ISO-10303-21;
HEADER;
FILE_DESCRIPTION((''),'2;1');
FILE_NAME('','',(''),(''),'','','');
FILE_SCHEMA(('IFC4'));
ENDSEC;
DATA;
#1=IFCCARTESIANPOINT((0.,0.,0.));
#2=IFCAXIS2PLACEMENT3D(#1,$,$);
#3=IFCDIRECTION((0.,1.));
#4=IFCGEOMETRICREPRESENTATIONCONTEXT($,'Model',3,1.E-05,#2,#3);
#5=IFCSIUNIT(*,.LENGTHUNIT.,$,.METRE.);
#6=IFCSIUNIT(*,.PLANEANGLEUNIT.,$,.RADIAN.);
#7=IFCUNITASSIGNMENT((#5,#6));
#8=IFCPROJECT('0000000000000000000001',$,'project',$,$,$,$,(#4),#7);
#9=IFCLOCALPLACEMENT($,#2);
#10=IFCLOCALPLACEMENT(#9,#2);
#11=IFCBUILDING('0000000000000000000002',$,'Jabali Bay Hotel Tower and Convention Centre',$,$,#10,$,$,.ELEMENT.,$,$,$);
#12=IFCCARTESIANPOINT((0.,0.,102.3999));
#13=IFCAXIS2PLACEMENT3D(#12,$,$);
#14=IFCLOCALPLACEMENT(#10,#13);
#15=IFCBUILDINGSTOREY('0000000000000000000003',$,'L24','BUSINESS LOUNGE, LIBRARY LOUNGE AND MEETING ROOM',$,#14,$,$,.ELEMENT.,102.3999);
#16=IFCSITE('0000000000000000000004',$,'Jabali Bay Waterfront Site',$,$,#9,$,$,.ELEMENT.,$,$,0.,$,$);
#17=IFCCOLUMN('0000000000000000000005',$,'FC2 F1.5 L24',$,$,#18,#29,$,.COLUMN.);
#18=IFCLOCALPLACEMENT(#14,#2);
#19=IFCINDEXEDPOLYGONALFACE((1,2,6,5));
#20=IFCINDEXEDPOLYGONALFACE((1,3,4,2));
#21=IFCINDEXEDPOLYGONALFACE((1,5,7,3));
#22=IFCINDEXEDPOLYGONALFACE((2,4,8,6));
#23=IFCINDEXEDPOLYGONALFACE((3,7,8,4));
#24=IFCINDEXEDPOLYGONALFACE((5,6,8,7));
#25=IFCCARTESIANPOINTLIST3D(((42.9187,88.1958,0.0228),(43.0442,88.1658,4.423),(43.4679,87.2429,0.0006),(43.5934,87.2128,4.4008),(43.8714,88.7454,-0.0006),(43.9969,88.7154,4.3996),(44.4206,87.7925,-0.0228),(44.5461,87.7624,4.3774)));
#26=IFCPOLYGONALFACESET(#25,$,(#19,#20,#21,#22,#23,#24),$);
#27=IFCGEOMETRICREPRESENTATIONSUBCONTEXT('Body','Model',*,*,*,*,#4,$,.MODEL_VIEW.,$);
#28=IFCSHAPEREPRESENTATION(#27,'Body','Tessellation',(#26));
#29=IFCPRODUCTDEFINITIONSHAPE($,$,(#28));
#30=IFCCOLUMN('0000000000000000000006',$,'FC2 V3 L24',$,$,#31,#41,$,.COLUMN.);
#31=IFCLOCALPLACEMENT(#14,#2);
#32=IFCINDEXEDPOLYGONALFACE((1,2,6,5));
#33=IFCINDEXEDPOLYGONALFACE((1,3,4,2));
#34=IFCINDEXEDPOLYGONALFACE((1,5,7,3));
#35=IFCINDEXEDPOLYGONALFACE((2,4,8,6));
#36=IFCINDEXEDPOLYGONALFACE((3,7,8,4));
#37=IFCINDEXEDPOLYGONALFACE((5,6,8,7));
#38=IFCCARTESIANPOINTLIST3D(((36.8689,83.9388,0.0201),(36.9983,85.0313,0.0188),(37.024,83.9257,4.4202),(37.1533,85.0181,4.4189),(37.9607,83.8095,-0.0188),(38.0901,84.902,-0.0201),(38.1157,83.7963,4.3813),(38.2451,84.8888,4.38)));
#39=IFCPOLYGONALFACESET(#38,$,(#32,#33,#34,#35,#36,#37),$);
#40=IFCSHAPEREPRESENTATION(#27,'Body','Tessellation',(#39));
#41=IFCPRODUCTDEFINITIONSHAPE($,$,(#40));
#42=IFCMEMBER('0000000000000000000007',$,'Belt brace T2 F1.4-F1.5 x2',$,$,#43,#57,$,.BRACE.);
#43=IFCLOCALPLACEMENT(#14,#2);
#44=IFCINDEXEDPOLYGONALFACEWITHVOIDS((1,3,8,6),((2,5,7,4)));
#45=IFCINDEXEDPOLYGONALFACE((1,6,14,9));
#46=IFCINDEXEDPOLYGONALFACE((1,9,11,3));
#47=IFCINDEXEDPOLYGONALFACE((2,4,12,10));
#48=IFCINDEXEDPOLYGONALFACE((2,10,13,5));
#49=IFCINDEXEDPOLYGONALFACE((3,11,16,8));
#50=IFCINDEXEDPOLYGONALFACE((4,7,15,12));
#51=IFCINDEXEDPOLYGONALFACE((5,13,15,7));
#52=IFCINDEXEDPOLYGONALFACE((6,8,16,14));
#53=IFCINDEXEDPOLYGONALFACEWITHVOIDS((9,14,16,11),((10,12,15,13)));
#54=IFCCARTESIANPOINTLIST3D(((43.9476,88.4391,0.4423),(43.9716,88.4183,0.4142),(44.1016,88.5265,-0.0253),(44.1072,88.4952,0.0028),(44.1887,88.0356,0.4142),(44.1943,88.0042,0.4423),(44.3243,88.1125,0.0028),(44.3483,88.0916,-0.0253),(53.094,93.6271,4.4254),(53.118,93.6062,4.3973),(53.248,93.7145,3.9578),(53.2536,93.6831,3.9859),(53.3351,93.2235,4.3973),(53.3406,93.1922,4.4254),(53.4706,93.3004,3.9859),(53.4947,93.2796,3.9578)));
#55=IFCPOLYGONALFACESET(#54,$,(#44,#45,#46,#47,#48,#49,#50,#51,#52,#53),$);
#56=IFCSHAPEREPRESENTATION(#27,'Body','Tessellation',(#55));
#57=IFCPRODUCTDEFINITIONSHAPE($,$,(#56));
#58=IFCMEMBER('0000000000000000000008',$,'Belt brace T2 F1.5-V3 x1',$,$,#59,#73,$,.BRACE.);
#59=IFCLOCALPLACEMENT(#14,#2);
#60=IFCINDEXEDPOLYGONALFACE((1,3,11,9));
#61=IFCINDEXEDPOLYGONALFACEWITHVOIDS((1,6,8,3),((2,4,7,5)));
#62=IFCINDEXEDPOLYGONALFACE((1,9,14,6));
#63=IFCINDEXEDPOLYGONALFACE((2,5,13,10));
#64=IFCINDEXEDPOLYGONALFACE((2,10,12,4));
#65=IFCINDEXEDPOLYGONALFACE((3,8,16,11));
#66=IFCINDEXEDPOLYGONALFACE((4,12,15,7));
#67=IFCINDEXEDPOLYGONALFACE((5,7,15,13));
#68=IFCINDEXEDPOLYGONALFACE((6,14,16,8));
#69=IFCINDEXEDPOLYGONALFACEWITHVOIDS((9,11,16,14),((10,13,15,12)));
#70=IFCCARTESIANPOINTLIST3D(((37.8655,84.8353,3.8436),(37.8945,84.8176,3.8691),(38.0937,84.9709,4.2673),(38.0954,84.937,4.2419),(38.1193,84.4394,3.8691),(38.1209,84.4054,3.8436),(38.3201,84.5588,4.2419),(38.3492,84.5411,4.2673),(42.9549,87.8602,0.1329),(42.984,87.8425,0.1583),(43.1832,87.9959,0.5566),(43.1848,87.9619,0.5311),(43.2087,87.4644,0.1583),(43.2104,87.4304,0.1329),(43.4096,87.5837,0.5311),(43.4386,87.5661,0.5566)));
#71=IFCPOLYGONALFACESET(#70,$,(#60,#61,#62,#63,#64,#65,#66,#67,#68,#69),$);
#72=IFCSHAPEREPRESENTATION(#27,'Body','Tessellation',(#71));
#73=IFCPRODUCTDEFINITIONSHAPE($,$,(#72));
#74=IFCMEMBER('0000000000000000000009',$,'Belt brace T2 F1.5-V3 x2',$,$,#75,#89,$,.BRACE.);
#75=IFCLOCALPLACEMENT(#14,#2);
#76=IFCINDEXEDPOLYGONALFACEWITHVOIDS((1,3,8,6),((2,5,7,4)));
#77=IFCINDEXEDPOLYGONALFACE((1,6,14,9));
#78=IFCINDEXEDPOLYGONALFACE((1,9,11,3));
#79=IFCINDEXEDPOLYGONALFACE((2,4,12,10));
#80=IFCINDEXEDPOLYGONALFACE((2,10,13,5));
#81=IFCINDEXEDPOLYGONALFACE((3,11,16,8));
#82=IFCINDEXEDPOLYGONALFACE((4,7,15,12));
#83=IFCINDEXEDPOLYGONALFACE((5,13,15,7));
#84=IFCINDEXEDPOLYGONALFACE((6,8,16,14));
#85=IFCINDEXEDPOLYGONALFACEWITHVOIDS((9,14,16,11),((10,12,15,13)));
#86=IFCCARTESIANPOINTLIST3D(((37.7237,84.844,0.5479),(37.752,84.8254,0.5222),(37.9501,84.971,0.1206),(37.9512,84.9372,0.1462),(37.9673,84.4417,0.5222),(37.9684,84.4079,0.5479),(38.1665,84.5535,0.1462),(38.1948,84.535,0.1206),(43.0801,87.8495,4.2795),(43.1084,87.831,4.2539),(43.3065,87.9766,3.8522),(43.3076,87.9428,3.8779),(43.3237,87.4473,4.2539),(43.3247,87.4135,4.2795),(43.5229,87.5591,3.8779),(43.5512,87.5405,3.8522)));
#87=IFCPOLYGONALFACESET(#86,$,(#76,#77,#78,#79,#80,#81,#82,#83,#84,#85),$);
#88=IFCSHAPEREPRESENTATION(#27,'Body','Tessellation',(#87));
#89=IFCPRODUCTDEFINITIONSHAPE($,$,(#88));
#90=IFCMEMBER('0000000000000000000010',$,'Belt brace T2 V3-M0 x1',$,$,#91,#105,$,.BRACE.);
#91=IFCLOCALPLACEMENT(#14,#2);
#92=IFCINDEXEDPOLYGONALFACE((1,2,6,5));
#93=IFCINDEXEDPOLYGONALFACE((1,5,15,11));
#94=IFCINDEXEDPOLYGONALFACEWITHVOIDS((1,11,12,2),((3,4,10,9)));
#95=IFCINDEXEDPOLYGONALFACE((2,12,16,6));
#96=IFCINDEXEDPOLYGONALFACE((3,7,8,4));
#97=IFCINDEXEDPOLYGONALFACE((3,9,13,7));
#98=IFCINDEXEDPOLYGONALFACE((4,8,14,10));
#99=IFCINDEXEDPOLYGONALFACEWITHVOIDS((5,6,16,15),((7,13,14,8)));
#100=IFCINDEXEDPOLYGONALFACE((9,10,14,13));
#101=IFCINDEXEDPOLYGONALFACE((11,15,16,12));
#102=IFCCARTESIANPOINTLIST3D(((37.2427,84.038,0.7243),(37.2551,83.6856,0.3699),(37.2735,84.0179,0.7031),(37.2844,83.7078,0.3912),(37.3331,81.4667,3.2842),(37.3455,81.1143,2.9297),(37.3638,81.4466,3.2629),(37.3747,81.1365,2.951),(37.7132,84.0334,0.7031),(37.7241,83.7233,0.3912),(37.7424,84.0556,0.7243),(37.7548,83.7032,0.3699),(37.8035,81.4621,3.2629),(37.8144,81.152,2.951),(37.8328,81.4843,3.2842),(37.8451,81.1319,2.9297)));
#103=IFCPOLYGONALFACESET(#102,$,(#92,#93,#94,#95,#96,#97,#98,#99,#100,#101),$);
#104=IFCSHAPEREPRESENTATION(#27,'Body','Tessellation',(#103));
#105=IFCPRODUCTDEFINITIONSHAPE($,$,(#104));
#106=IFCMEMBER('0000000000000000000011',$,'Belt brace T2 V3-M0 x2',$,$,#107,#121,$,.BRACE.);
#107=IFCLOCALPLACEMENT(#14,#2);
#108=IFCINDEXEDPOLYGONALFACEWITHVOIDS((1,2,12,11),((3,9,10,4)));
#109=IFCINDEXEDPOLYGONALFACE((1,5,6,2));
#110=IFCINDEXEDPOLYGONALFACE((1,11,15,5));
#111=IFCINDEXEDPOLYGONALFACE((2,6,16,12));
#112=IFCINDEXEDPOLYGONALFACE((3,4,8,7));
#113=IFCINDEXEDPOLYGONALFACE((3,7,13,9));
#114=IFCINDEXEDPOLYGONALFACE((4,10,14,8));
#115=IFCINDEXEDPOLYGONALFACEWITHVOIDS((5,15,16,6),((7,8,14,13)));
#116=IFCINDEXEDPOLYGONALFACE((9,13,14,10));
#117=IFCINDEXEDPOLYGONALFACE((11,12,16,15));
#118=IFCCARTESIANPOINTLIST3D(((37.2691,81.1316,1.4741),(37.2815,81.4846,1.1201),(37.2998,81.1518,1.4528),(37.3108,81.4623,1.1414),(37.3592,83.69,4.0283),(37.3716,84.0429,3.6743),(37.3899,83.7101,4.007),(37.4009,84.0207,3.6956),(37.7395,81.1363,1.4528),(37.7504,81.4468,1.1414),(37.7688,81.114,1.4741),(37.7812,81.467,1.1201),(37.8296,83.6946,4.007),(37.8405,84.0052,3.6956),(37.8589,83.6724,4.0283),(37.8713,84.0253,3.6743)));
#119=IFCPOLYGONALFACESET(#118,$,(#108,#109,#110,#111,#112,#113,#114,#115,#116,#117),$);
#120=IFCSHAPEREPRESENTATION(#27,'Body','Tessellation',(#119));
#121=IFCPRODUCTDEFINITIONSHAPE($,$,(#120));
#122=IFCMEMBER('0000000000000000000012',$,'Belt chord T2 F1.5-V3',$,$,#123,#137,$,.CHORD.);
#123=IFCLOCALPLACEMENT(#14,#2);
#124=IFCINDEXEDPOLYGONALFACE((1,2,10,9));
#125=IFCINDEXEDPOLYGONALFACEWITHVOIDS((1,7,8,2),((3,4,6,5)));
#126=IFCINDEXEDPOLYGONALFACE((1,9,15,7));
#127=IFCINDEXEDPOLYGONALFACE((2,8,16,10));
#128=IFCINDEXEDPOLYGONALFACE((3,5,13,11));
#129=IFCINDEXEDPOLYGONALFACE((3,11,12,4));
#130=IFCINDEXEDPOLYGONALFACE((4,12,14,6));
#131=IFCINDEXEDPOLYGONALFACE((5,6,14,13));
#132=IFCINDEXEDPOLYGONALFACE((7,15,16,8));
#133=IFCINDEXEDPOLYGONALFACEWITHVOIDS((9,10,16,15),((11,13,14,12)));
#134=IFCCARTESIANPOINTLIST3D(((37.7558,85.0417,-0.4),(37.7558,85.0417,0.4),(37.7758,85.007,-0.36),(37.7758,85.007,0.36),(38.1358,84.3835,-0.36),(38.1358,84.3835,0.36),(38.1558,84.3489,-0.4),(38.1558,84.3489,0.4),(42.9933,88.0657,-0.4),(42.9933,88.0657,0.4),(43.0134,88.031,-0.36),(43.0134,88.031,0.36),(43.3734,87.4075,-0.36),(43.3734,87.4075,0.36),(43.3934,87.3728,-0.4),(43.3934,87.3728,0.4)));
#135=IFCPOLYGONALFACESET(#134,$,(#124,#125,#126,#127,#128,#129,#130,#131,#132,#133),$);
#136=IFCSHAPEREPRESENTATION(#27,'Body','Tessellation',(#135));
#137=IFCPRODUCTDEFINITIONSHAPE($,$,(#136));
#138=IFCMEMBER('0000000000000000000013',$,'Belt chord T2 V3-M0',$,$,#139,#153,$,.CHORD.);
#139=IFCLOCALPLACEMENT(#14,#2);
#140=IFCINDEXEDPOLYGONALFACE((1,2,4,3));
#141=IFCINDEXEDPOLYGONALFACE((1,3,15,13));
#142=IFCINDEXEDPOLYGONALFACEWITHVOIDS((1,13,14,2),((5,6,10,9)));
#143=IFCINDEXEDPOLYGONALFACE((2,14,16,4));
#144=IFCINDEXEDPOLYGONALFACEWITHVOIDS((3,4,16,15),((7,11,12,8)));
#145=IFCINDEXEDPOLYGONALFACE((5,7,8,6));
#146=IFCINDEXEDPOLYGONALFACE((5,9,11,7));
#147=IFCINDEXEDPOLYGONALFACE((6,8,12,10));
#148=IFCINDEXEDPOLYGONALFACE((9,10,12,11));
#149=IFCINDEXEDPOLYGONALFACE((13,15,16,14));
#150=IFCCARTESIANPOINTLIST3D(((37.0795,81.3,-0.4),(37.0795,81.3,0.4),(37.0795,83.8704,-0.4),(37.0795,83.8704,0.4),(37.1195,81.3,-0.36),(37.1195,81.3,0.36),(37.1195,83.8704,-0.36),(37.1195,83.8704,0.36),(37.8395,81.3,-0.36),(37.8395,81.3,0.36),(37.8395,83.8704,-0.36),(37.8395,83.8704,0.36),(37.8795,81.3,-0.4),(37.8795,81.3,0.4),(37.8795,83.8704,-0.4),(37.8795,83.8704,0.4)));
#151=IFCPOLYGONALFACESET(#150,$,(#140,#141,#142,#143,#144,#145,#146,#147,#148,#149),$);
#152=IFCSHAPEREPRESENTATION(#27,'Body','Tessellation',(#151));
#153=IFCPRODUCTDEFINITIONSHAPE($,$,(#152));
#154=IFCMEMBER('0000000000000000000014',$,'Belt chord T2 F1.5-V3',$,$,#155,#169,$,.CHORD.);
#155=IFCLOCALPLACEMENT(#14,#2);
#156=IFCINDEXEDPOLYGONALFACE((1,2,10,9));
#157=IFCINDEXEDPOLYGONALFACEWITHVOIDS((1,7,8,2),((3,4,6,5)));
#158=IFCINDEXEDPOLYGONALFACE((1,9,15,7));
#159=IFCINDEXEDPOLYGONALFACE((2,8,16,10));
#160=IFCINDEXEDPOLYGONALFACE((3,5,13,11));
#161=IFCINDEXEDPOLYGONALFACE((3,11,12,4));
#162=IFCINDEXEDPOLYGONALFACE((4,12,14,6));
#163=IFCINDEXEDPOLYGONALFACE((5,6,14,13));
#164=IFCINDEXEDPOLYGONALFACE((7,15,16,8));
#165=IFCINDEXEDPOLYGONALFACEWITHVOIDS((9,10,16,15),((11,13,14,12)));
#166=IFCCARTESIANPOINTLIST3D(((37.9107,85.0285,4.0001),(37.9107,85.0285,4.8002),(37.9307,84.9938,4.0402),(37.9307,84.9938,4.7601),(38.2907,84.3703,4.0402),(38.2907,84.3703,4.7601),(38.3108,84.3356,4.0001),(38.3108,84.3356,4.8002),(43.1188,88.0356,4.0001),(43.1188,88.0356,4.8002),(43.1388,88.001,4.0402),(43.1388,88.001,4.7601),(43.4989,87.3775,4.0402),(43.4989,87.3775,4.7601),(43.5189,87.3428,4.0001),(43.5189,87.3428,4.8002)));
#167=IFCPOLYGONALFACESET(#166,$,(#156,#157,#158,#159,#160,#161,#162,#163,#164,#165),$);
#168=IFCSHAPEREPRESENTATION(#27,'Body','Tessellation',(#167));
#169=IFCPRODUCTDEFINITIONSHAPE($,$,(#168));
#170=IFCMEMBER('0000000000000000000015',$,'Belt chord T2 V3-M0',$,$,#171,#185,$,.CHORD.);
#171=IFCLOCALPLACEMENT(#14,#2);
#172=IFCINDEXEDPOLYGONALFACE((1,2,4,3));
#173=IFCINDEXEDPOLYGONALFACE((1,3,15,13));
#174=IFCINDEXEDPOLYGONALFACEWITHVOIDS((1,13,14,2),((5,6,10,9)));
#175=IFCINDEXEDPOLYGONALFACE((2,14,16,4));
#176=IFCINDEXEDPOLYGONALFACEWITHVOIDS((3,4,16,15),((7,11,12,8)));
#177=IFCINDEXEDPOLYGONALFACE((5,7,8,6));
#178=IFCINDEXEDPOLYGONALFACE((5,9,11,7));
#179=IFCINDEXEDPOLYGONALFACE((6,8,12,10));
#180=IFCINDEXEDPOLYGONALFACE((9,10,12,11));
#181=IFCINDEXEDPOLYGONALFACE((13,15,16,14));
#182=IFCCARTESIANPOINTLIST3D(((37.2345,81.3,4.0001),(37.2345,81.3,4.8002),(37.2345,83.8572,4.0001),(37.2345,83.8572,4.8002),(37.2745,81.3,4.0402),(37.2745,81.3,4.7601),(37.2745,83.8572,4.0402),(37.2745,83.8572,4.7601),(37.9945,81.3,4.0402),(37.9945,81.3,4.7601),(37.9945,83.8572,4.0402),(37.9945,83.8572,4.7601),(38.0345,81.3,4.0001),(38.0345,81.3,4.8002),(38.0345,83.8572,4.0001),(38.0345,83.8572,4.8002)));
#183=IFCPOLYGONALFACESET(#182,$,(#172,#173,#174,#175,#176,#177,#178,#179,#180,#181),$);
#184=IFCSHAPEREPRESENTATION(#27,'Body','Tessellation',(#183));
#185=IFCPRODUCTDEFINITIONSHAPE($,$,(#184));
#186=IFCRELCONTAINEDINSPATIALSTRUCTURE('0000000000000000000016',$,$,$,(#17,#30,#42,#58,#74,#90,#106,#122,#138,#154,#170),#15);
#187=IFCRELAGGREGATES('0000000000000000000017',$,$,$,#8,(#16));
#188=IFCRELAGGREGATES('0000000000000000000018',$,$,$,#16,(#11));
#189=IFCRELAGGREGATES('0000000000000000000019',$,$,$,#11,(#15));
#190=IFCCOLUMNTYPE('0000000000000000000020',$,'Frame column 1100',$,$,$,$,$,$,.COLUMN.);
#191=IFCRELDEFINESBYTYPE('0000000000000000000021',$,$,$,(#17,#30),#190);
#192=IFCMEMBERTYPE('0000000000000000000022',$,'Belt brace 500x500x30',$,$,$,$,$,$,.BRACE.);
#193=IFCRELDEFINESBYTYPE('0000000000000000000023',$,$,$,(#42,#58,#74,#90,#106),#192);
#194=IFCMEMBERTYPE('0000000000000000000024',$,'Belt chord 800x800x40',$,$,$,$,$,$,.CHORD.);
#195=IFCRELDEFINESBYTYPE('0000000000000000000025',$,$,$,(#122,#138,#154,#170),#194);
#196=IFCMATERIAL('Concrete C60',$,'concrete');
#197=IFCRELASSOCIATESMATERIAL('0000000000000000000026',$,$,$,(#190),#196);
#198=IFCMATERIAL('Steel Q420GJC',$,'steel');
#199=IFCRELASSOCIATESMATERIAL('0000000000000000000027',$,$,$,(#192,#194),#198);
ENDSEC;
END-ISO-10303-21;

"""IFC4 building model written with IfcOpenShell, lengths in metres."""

from ifc_helpers import new_model, si_unit, direction, frame, origin, origin_2d, place, context, subcontext, project, spatial, rectangle, hollow_rectangle, extrude, material, material_profile, profile_set, type_object, element, save


model = new_model("IFC4")

# Units and contexts
model_context = context("Model", 3, precision=1e-05, world=origin(), true_north=direction((0.0, 1.0)))
body_context = subcontext(model_context, "Body", "Model", "MODEL_VIEW")
ifc_project = project(units=[si_unit("LENGTHUNIT", "METRE"), si_unit("PLANEANGLEUNIT", "RADIAN")], contexts=[model_context])

# Site, building, storey
site_placement = place(None, origin())
site = spatial("IfcSite", under=ifc_project, at=site_placement, Name="Jabali Bay Waterfront Site", CompositionType="ELEMENT", RefElevation=0.0)
building_placement = place(site_placement, origin())
building = spatial("IfcBuilding", under=site, at=building_placement, Name="Jabali Bay Hotel Tower and Convention Centre", CompositionType="ELEMENT")
storey_placement = place(building_placement, frame((0.0, 0.0, 102.3999)))
storey = spatial("IfcBuildingStorey", under=building, at=storey_placement, Name="L24", Description="BUSINESS LOUNGE, LIBRARY LOUNGE AND MEETING ROOM", CompositionType="ELEMENT", Elevation=102.3999)

# Columns
ifc_material_1 = material(Name="Concrete C60", Category="concrete")
ifc_material_profile_1 = material_profile(ifc_material_1, rectangle(XDim=1.1001, YDim=1.1001, at=origin_2d()), Name="Frame column 1100")
ifc_profile_set_1 = profile_set([ifc_material_profile_1], Name="Concrete C60")
column_type = type_object("IfcColumnType", Name="Frame column 1100", PredefinedType="COLUMN", material=ifc_profile_set_1)
column_1_placement = place(storey_placement, frame((43.6697, 87.9941, 0.0), z_axis=(0.028507, -0.006822, 0.99957), x_axis=(-0.499243, 0.866228, 0.02015)))
element("IfcColumn", 1, at=column_1_placement, inside=storey, type_object=column_type, Name="FC2 F1.5 L24", PredefinedType="COLUMN", context=body_context, shape_type="SweptSolid", body=[
    extrude(rectangle(XDim=1.1001, YDim=1.1001, at=origin_2d()), origin(), (0.0, 0.0, 1.0), 4.4021),
])
column_2_placement = place(storey_placement, frame((37.4795, 84.4204, 0.0), z_axis=(0.035211, -0.002994, 0.999375), x_axis=(-0.992438, 0.117552, 0.035319)))
element("IfcColumn", 2, at=column_2_placement, inside=storey, type_object=column_type, Name="FC2 V3 L24", PredefinedType="COLUMN", context=body_context, shape_type="SweptSolid", body=[
    extrude(rectangle(XDim=1.1001, YDim=1.1001, at=origin_2d()), origin(), (0.0, 0.0, 1.0), 4.4028),
])

# Members
ifc_material_2 = material(Name="Steel Q420GJC", Category="steel")
ifc_material_profile_2 = material_profile(ifc_material_2, hollow_rectangle(XDim=0.5, YDim=0.5, WallThickness=0.03, at=origin_2d()), Name="Belt brace 500x500x30")
ifc_profile_set_2 = profile_set([ifc_material_profile_2], Name="Steel Q420GJC")
member_type_1 = type_object("IfcMemberType", Name="Belt brace 500x500x30", PredefinedType="BRACE", material=ifc_profile_set_2)
member_1_placement = place(storey_placement, frame((44.1479, 88.2654, 0.2085), z_axis=(0.813418, 0.46138, 0.354231), x_axis=(-0.493371, 0.869819, 0.0)))
element("IfcMember", 3, at=member_1_placement, inside=storey, type_object=member_type_1, Name="Belt brace T2 F1.4-F1.5 x2", PredefinedType="BRACE", context=body_context, shape_type="SweptSolid", body=[
    extrude(hollow_rectangle(XDim=0.5, YDim=0.5, WallThickness=0.03, at=origin_2d()), origin(), (0.0, 0.0, 1.0), 11.2444),
])
member_2_placement = place(storey_placement, frame((43.1968, 87.7131, 0.3447), z_axis=(-0.728384, -0.432921, 0.531071), x_axis=(0.510926, -0.859625, 0.0)))
element("IfcMember", 4, at=member_2_placement, inside=storey, type_object=member_type_1, Name="Belt brace T2 F1.5-V3 x1", PredefinedType="BRACE", context=body_context, shape_type="SweptSolid", body=[
    extrude(hollow_rectangle(XDim=0.5, YDim=0.5, WallThickness=0.03, at=origin_2d()), origin(), (0.0, 0.0, 1.0), 6.9873),
])
member_3_placement = place(storey_placement, frame((37.9592, 84.6895, 0.3342), z_axis=(0.745313, 0.418211, 0.519239), x_axis=(-0.489348, 0.872089, 0.0)))
element("IfcMember", 5, at=member_3_placement, inside=storey, type_object=member_type_1, Name="Belt brace T2 F1.5-V3 x2", PredefinedType="BRACE", context=body_context, shape_type="SweptSolid", body=[
    extrude(hollow_rectangle(XDim=0.5, YDim=0.5, WallThickness=0.03, at=origin_2d()), origin(), (0.0, 0.0, 1.0), 7.1868),
])
member_4_placement = place(storey_placement, frame((37.4988, 83.8706, 0.5471), z_axis=(0.024889, -0.708467, 0.705305), x_axis=(0.999383, 0.035109, 0.0)))
element("IfcMember", 6, at=member_4_placement, inside=storey, type_object=member_type_1, Name="Belt brace T2 V3-M0 x1", PredefinedType="BRACE", context=body_context, shape_type="SweptSolid", body=[
    extrude(hollow_rectangle(XDim=0.5, YDim=0.5, WallThickness=0.03, at=origin_2d()), origin(), (0.0, 0.0, 1.0), 3.6294),
])
member_5_placement = place(storey_placement, frame((37.5251, 81.2993, 1.2971), z_axis=(0.024912, 0.707461, 0.706313), x_axis=(-0.999381, 0.035191, 0.0)))
element("IfcMember", 7, at=member_5_placement, inside=storey, type_object=member_type_1, Name="Belt brace T2 V3-M0 x2", PredefinedType="BRACE", context=body_context, shape_type="SweptSolid", body=[
    extrude(hollow_rectangle(XDim=0.5, YDim=0.5, WallThickness=0.03, at=origin_2d()), origin(), (0.0, 0.0, 1.0), 3.6162),
])
ifc_material_profile_3 = material_profile(ifc_material_2, hollow_rectangle(XDim=0.8, YDim=0.8, WallThickness=0.04, at=origin_2d()), Name="Belt chord 800x800x40")
ifc_profile_set_3 = profile_set([ifc_material_profile_3], Name="Steel Q420GJC")
member_type_2 = type_object("IfcMemberType", Name="Belt chord 800x800x40", PredefinedType="CHORD", material=ifc_profile_set_3)
member_6_placement = place(storey_placement, frame((43.1934, 87.7192, 0.0), z_axis=(-0.866024, -0.500003, 0.0), x_axis=(0.500003, -0.866024, 0.0)))
element("IfcMember", 8, at=member_6_placement, inside=storey, type_object=member_type_2, Name="Belt chord T2 F1.5-V3", PredefinedType="CHORD", context=body_context, shape_type="SweptSolid", body=[
    extrude(hollow_rectangle(XDim=0.8, YDim=0.8, WallThickness=0.04, at=origin_2d()), origin(), (0.0, 0.0, 1.0), 6.0479),
])
member_7_placement = place(storey_placement, frame((37.4795, 83.8704, 0.0), z_axis=(0.0, -1.0, 0.0), x_axis=(1.0, 0.0, 0.0)))
element("IfcMember", 9, at=member_7_placement, inside=storey, type_object=member_type_2, Name="Belt chord T2 V3-M0", PredefinedType="CHORD", context=body_context, shape_type="SweptSolid", body=[
    extrude(hollow_rectangle(XDim=0.8, YDim=0.8, WallThickness=0.04, at=origin_2d()), origin(), (0.0, 0.0, 1.0), 2.5703),
])
member_8_placement = place(storey_placement, frame((43.3188, 87.6892, 4.4001), z_axis=(-0.866008, -0.500029, 0.0), x_axis=(0.500029, -0.866008, 0.0)))
element("IfcMember", 10, at=member_8_placement, inside=storey, type_object=member_type_2, Name="Belt chord T2 F1.5-V3", PredefinedType="CHORD", context=body_context, shape_type="SweptSolid", body=[
    extrude(hollow_rectangle(XDim=0.8, YDim=0.8, WallThickness=0.04, at=origin_2d()), origin(), (0.0, 0.0, 1.0), 6.0139),
])
member_9_placement = place(storey_placement, frame((37.6345, 83.8572, 4.4001), z_axis=(0.0, -1.0, 0.0), x_axis=(1.0, 0.0, 0.0)))
element("IfcMember", 11, at=member_9_placement, inside=storey, type_object=member_type_2, Name="Belt chord T2 V3-M0", PredefinedType="CHORD", context=body_context, shape_type="SweptSolid", body=[
    extrude(hollow_rectangle(XDim=0.8, YDim=0.8, WallThickness=0.04, at=origin_2d()), origin(), (0.0, 0.0, 1.0), 2.5571),
])

save(model, "model.ifc")
